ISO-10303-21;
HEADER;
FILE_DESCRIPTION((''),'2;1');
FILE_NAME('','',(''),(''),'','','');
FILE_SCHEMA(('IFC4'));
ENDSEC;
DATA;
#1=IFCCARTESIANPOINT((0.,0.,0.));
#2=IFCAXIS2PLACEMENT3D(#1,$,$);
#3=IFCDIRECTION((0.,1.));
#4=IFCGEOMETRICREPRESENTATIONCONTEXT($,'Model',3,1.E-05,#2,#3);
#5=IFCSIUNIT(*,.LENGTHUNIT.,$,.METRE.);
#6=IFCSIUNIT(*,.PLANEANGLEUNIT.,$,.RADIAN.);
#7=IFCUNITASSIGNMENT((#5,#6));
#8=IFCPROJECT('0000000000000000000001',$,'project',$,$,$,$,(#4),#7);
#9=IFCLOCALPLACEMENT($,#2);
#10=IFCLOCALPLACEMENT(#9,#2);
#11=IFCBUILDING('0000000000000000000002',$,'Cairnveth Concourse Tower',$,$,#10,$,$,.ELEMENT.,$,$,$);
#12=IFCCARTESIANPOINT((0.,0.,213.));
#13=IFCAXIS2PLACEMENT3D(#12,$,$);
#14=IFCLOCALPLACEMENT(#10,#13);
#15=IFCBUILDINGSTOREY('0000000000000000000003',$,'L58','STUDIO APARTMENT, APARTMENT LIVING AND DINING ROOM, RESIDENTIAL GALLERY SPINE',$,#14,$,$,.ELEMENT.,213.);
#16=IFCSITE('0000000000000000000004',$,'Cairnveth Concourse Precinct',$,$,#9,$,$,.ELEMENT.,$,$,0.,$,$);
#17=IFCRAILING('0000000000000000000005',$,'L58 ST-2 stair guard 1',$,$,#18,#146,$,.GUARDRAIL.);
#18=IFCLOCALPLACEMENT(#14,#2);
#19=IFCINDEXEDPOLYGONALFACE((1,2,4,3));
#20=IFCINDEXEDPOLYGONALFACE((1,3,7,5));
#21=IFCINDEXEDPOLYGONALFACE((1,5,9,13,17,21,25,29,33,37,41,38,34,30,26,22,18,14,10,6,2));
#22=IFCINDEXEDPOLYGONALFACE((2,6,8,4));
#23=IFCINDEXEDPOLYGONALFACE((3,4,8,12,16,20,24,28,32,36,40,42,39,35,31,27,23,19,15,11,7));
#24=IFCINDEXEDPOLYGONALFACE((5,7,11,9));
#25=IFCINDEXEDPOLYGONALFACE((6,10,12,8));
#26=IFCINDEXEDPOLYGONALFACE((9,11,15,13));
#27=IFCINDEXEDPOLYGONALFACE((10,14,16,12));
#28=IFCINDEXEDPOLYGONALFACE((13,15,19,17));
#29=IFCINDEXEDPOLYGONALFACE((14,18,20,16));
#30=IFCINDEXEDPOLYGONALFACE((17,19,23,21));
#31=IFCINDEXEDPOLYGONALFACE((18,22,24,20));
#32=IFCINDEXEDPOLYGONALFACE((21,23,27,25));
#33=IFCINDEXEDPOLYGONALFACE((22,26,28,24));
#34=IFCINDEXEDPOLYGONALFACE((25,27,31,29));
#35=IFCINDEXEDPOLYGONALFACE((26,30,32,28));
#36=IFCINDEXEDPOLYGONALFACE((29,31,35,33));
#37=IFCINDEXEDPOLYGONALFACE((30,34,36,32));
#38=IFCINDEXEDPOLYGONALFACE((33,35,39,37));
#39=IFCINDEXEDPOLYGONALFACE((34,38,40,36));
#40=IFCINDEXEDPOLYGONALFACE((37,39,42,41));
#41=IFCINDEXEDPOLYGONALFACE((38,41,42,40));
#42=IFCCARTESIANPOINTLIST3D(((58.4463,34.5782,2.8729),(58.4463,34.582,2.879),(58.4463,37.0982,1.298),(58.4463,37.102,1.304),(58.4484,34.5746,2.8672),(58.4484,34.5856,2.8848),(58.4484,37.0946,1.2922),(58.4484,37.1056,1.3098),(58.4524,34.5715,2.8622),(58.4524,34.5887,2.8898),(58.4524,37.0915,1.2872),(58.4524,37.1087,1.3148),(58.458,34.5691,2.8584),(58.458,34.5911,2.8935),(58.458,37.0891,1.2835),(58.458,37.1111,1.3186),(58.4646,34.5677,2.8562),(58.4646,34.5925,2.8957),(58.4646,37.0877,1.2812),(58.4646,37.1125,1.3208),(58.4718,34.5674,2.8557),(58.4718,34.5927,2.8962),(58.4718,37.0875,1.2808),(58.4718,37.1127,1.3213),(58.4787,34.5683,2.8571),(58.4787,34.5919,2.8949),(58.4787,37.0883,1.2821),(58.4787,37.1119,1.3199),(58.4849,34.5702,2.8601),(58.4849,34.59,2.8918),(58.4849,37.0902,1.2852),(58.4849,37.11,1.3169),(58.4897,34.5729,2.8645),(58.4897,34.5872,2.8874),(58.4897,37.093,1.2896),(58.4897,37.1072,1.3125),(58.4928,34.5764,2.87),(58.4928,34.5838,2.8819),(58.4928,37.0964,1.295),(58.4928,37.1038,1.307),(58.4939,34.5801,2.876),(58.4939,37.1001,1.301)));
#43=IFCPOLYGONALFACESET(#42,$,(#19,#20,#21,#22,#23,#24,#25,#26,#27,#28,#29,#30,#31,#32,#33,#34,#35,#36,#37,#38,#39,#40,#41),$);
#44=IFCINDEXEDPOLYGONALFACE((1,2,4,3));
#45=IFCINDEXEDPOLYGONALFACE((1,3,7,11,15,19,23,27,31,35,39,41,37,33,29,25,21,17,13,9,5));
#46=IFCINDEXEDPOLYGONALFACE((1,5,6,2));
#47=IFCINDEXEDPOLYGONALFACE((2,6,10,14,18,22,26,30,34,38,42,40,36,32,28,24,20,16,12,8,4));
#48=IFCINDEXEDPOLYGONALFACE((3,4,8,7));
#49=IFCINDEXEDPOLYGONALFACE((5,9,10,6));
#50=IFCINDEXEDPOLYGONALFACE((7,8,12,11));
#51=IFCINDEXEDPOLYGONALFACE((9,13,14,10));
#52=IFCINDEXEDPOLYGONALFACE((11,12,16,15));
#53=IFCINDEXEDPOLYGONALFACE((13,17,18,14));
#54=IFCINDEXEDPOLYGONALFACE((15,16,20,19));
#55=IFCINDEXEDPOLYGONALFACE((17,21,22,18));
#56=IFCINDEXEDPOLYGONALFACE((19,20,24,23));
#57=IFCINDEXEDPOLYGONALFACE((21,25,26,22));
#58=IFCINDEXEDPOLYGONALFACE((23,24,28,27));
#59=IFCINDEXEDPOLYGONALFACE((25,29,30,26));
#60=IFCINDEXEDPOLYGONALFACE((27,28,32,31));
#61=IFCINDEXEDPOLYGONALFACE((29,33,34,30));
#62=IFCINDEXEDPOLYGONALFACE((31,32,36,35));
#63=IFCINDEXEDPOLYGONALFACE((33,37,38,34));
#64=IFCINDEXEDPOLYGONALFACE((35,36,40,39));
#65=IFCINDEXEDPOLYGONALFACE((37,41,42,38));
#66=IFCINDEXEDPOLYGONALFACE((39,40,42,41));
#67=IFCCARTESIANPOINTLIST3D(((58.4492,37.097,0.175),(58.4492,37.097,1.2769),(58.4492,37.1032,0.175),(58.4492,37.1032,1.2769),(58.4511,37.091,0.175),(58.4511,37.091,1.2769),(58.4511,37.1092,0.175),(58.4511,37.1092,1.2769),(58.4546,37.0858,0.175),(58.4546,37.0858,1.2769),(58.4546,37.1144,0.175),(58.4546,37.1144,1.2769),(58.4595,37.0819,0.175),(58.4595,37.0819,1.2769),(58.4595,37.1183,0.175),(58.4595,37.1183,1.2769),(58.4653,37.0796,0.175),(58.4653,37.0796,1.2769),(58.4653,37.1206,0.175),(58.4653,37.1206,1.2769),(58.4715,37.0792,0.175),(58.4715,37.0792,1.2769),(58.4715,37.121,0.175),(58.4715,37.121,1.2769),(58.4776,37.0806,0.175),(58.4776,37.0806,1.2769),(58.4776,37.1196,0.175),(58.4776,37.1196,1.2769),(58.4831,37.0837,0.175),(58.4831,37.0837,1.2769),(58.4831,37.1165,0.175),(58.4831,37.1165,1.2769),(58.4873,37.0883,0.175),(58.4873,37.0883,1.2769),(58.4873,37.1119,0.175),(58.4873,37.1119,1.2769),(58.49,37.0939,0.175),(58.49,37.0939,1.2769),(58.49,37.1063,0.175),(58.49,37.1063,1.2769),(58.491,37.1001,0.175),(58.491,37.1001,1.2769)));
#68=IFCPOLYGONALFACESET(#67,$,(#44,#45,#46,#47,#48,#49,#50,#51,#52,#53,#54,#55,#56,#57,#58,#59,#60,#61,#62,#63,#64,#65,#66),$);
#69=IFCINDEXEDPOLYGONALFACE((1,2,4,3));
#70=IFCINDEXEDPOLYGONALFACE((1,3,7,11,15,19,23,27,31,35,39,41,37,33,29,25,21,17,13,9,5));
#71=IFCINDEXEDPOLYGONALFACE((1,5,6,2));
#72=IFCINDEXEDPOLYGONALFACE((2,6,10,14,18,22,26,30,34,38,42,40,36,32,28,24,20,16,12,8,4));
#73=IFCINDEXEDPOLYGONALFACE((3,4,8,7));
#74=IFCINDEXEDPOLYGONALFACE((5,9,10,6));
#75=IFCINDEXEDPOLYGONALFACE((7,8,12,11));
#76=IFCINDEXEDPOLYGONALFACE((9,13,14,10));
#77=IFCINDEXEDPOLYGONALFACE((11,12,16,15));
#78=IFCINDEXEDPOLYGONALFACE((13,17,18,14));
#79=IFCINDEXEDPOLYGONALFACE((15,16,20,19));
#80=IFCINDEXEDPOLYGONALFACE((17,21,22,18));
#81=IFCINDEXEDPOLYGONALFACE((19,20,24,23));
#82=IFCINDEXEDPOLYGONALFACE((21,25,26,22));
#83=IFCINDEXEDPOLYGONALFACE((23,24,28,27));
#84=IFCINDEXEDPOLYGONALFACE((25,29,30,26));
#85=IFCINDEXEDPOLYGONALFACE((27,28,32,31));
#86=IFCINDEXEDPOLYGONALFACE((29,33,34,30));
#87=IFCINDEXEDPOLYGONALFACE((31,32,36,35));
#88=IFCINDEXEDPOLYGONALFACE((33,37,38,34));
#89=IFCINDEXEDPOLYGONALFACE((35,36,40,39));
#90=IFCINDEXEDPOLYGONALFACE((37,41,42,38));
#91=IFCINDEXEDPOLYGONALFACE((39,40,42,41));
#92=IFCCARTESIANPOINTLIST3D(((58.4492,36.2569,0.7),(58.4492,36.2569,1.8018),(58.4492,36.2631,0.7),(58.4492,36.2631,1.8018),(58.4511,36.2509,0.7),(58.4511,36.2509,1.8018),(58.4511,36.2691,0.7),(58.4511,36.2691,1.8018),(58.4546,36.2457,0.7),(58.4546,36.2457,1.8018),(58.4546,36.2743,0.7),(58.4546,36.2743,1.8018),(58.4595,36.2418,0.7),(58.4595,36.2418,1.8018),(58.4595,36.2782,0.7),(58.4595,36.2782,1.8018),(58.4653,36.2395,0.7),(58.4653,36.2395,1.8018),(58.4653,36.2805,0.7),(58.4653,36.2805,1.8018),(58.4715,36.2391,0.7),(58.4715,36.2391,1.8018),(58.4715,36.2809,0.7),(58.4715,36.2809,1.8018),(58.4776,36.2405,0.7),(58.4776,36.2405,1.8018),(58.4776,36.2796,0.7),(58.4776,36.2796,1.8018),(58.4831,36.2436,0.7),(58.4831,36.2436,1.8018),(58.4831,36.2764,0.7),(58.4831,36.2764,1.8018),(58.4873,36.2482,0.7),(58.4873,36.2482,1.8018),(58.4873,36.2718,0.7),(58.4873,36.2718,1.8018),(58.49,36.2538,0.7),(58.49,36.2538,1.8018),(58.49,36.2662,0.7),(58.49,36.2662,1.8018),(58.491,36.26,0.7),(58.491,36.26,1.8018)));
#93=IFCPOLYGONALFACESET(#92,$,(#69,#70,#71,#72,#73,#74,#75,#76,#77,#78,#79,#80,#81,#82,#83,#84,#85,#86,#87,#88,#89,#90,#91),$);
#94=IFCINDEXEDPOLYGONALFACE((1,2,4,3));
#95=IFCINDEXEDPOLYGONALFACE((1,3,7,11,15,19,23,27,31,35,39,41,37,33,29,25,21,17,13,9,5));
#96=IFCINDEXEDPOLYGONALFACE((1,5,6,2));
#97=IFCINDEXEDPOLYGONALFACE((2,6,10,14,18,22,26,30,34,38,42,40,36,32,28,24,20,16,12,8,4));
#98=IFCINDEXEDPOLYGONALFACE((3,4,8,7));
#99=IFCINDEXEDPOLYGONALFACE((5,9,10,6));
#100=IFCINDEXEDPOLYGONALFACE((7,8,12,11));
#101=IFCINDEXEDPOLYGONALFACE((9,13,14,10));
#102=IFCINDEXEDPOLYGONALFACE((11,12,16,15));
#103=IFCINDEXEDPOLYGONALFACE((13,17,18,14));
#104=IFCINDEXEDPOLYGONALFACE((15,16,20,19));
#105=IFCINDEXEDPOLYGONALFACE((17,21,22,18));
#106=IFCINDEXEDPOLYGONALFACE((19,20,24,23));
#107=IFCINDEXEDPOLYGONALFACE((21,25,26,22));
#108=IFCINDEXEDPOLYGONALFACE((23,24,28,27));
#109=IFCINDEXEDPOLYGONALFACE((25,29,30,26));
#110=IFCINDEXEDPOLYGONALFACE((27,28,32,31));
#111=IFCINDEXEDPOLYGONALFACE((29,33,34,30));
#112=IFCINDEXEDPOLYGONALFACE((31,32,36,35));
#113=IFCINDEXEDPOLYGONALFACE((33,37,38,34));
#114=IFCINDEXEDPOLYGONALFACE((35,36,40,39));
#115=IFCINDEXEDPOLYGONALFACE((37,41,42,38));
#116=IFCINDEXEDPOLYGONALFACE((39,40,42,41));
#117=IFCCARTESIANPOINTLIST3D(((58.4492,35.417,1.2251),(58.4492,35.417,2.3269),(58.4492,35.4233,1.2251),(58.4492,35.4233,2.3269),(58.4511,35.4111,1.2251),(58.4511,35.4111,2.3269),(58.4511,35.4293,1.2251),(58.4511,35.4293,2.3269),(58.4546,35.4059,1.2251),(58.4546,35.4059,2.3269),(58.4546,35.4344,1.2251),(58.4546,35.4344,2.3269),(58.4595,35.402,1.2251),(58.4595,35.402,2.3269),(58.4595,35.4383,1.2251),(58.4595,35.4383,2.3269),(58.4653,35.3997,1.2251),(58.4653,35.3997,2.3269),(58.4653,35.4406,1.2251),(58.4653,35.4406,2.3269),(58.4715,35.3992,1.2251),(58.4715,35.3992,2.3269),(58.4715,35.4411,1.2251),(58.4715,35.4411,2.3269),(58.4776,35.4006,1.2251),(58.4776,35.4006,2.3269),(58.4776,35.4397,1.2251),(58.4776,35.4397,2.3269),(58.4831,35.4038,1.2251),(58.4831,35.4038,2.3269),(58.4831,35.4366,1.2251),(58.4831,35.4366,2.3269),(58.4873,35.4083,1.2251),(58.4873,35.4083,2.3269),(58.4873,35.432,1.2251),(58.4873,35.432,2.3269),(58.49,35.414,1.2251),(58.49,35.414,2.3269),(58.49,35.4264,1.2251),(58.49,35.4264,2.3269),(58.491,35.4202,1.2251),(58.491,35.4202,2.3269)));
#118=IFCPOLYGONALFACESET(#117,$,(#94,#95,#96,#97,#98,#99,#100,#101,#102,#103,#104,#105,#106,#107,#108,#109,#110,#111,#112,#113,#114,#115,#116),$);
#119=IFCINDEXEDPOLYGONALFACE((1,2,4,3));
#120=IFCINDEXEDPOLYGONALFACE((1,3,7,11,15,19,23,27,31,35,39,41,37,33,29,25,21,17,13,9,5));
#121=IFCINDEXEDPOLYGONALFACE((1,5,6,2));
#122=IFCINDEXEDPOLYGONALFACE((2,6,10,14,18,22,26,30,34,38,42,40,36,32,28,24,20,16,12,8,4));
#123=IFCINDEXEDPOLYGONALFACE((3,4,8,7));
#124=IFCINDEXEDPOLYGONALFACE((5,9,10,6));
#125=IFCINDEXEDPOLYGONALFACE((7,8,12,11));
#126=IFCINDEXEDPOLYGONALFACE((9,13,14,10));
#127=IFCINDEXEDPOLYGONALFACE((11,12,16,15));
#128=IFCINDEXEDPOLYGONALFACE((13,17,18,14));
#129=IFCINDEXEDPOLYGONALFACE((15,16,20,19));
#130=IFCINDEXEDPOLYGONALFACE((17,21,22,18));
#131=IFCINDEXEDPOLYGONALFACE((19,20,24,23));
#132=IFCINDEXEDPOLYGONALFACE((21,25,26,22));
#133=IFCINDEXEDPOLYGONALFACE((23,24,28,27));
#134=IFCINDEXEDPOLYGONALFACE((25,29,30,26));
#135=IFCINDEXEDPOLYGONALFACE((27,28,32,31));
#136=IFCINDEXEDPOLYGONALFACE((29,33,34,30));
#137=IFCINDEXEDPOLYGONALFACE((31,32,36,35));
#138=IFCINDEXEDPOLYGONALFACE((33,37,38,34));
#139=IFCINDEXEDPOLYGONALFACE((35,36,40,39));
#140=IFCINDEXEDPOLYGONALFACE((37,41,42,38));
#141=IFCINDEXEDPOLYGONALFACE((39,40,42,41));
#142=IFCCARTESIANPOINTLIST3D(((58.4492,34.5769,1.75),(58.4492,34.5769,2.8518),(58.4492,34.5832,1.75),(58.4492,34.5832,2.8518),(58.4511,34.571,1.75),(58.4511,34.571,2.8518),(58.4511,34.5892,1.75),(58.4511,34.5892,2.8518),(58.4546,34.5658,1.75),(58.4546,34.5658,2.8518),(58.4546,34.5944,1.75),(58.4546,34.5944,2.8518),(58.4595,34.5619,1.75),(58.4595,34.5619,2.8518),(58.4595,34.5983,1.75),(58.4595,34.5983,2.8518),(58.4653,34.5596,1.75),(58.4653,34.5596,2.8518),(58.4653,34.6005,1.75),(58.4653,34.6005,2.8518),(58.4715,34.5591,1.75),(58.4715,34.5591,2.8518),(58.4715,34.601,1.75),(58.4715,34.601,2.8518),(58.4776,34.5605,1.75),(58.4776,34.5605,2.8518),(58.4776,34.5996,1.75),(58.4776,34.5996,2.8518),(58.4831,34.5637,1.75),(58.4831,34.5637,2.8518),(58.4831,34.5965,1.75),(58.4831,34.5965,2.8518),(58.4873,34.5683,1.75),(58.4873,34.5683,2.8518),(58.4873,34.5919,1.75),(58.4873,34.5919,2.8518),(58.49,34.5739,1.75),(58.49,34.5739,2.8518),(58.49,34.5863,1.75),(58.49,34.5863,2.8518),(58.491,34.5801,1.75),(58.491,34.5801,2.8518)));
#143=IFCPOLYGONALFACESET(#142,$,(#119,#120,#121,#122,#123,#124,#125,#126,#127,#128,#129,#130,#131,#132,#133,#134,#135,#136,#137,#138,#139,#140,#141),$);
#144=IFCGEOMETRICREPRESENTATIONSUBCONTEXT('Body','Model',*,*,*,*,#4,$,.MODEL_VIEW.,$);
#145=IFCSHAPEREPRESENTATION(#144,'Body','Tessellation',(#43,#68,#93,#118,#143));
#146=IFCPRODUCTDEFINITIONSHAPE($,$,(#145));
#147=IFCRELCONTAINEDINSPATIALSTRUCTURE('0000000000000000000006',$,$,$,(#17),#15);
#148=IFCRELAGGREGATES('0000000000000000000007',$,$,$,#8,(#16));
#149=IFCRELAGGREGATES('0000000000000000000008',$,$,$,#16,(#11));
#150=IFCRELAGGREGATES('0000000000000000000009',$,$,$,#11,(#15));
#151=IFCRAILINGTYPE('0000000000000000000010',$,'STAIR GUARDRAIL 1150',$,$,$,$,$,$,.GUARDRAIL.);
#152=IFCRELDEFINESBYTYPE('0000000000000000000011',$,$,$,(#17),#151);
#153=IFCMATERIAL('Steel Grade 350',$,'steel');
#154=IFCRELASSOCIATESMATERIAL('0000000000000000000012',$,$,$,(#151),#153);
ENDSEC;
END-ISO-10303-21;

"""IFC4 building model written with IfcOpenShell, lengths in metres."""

from ifc_helpers import new_model, si_unit, direction, frame, origin, origin_2d, place, context, subcontext, project, spatial, circle, extrude, material, type_object, element, save


model = new_model("IFC4")

# Units and contexts
model_context = context("Model", 3, precision=1e-05, world=origin(), true_north=direction((0.0, 1.0)))
body_context = subcontext(model_context, "Body", "Model", "MODEL_VIEW")
ifc_project = project(units=[si_unit("LENGTHUNIT", "METRE"), si_unit("PLANEANGLEUNIT", "RADIAN")], contexts=[model_context])

# Site, building, storey
site_placement = place(None, origin())
site = spatial("IfcSite", under=ifc_project, at=site_placement, Name="Cairnveth Concourse Precinct", CompositionType="ELEMENT", RefElevation=0.0)
building_placement = place(site_placement, origin())
building = spatial("IfcBuilding", under=site, at=building_placement, Name="Cairnveth Concourse Tower", CompositionType="ELEMENT")
storey_placement = place(building_placement, frame((0.0, 0.0, 213.0)))
storey = spatial("IfcBuildingStorey", under=building, at=storey_placement, Name="L58", Description="STUDIO APARTMENT, APARTMENT LIVING AND DINING ROOM, RESIDENTIAL GALLERY SPINE", CompositionType="ELEMENT", Elevation=213.0)

# Shared definitions
ifc_material_1 = material(Name="Steel Grade 350", Category="steel")

# Railing
railing_type_1 = type_object("IfcRailingType", Name="STAIR GUARDRAIL 1150", PredefinedType="GUARDRAIL", material=ifc_material_1)
railing_1_placement = place(storey_placement, frame((58.47, 37.1001, 0.175)))
element("IfcRailing", 1, at=railing_1_placement, inside=storey, type_object=railing_type_1, Name="L58 ST-2 stair guard 1", PredefinedType="GUARDRAIL", context=body_context, shape_type="SweptSolid", body=[
    extrude(circle(Radius=0.0239, at=origin_2d()), frame((0.0, 0.0, 1.126), z_axis=(0.0, -0.848008, 0.529984), x_axis=(1.0, 0.0, 0.0)), (0.0, 0.0, 1.0), 2.9717),
    extrude(circle(Radius=0.021, at=origin_2d()), origin(), (0.0, 0.0, 1.0), 1.1018),
    extrude(circle(Radius=0.021, at=origin_2d()), frame((0.0, -0.8401, 0.5249)), (0.0, 0.0, 1.0), 1.1018),
    extrude(circle(Radius=0.021, at=origin_2d()), frame((0.0, -1.6799, 1.05)), (0.0, 0.0, 1.0), 1.1018),
    extrude(circle(Radius=0.021, at=origin_2d()), frame((0.0, -2.52, 1.575)), (0.0, 0.0, 1.0), 1.1018),
])

save(model, "model.ifc")
